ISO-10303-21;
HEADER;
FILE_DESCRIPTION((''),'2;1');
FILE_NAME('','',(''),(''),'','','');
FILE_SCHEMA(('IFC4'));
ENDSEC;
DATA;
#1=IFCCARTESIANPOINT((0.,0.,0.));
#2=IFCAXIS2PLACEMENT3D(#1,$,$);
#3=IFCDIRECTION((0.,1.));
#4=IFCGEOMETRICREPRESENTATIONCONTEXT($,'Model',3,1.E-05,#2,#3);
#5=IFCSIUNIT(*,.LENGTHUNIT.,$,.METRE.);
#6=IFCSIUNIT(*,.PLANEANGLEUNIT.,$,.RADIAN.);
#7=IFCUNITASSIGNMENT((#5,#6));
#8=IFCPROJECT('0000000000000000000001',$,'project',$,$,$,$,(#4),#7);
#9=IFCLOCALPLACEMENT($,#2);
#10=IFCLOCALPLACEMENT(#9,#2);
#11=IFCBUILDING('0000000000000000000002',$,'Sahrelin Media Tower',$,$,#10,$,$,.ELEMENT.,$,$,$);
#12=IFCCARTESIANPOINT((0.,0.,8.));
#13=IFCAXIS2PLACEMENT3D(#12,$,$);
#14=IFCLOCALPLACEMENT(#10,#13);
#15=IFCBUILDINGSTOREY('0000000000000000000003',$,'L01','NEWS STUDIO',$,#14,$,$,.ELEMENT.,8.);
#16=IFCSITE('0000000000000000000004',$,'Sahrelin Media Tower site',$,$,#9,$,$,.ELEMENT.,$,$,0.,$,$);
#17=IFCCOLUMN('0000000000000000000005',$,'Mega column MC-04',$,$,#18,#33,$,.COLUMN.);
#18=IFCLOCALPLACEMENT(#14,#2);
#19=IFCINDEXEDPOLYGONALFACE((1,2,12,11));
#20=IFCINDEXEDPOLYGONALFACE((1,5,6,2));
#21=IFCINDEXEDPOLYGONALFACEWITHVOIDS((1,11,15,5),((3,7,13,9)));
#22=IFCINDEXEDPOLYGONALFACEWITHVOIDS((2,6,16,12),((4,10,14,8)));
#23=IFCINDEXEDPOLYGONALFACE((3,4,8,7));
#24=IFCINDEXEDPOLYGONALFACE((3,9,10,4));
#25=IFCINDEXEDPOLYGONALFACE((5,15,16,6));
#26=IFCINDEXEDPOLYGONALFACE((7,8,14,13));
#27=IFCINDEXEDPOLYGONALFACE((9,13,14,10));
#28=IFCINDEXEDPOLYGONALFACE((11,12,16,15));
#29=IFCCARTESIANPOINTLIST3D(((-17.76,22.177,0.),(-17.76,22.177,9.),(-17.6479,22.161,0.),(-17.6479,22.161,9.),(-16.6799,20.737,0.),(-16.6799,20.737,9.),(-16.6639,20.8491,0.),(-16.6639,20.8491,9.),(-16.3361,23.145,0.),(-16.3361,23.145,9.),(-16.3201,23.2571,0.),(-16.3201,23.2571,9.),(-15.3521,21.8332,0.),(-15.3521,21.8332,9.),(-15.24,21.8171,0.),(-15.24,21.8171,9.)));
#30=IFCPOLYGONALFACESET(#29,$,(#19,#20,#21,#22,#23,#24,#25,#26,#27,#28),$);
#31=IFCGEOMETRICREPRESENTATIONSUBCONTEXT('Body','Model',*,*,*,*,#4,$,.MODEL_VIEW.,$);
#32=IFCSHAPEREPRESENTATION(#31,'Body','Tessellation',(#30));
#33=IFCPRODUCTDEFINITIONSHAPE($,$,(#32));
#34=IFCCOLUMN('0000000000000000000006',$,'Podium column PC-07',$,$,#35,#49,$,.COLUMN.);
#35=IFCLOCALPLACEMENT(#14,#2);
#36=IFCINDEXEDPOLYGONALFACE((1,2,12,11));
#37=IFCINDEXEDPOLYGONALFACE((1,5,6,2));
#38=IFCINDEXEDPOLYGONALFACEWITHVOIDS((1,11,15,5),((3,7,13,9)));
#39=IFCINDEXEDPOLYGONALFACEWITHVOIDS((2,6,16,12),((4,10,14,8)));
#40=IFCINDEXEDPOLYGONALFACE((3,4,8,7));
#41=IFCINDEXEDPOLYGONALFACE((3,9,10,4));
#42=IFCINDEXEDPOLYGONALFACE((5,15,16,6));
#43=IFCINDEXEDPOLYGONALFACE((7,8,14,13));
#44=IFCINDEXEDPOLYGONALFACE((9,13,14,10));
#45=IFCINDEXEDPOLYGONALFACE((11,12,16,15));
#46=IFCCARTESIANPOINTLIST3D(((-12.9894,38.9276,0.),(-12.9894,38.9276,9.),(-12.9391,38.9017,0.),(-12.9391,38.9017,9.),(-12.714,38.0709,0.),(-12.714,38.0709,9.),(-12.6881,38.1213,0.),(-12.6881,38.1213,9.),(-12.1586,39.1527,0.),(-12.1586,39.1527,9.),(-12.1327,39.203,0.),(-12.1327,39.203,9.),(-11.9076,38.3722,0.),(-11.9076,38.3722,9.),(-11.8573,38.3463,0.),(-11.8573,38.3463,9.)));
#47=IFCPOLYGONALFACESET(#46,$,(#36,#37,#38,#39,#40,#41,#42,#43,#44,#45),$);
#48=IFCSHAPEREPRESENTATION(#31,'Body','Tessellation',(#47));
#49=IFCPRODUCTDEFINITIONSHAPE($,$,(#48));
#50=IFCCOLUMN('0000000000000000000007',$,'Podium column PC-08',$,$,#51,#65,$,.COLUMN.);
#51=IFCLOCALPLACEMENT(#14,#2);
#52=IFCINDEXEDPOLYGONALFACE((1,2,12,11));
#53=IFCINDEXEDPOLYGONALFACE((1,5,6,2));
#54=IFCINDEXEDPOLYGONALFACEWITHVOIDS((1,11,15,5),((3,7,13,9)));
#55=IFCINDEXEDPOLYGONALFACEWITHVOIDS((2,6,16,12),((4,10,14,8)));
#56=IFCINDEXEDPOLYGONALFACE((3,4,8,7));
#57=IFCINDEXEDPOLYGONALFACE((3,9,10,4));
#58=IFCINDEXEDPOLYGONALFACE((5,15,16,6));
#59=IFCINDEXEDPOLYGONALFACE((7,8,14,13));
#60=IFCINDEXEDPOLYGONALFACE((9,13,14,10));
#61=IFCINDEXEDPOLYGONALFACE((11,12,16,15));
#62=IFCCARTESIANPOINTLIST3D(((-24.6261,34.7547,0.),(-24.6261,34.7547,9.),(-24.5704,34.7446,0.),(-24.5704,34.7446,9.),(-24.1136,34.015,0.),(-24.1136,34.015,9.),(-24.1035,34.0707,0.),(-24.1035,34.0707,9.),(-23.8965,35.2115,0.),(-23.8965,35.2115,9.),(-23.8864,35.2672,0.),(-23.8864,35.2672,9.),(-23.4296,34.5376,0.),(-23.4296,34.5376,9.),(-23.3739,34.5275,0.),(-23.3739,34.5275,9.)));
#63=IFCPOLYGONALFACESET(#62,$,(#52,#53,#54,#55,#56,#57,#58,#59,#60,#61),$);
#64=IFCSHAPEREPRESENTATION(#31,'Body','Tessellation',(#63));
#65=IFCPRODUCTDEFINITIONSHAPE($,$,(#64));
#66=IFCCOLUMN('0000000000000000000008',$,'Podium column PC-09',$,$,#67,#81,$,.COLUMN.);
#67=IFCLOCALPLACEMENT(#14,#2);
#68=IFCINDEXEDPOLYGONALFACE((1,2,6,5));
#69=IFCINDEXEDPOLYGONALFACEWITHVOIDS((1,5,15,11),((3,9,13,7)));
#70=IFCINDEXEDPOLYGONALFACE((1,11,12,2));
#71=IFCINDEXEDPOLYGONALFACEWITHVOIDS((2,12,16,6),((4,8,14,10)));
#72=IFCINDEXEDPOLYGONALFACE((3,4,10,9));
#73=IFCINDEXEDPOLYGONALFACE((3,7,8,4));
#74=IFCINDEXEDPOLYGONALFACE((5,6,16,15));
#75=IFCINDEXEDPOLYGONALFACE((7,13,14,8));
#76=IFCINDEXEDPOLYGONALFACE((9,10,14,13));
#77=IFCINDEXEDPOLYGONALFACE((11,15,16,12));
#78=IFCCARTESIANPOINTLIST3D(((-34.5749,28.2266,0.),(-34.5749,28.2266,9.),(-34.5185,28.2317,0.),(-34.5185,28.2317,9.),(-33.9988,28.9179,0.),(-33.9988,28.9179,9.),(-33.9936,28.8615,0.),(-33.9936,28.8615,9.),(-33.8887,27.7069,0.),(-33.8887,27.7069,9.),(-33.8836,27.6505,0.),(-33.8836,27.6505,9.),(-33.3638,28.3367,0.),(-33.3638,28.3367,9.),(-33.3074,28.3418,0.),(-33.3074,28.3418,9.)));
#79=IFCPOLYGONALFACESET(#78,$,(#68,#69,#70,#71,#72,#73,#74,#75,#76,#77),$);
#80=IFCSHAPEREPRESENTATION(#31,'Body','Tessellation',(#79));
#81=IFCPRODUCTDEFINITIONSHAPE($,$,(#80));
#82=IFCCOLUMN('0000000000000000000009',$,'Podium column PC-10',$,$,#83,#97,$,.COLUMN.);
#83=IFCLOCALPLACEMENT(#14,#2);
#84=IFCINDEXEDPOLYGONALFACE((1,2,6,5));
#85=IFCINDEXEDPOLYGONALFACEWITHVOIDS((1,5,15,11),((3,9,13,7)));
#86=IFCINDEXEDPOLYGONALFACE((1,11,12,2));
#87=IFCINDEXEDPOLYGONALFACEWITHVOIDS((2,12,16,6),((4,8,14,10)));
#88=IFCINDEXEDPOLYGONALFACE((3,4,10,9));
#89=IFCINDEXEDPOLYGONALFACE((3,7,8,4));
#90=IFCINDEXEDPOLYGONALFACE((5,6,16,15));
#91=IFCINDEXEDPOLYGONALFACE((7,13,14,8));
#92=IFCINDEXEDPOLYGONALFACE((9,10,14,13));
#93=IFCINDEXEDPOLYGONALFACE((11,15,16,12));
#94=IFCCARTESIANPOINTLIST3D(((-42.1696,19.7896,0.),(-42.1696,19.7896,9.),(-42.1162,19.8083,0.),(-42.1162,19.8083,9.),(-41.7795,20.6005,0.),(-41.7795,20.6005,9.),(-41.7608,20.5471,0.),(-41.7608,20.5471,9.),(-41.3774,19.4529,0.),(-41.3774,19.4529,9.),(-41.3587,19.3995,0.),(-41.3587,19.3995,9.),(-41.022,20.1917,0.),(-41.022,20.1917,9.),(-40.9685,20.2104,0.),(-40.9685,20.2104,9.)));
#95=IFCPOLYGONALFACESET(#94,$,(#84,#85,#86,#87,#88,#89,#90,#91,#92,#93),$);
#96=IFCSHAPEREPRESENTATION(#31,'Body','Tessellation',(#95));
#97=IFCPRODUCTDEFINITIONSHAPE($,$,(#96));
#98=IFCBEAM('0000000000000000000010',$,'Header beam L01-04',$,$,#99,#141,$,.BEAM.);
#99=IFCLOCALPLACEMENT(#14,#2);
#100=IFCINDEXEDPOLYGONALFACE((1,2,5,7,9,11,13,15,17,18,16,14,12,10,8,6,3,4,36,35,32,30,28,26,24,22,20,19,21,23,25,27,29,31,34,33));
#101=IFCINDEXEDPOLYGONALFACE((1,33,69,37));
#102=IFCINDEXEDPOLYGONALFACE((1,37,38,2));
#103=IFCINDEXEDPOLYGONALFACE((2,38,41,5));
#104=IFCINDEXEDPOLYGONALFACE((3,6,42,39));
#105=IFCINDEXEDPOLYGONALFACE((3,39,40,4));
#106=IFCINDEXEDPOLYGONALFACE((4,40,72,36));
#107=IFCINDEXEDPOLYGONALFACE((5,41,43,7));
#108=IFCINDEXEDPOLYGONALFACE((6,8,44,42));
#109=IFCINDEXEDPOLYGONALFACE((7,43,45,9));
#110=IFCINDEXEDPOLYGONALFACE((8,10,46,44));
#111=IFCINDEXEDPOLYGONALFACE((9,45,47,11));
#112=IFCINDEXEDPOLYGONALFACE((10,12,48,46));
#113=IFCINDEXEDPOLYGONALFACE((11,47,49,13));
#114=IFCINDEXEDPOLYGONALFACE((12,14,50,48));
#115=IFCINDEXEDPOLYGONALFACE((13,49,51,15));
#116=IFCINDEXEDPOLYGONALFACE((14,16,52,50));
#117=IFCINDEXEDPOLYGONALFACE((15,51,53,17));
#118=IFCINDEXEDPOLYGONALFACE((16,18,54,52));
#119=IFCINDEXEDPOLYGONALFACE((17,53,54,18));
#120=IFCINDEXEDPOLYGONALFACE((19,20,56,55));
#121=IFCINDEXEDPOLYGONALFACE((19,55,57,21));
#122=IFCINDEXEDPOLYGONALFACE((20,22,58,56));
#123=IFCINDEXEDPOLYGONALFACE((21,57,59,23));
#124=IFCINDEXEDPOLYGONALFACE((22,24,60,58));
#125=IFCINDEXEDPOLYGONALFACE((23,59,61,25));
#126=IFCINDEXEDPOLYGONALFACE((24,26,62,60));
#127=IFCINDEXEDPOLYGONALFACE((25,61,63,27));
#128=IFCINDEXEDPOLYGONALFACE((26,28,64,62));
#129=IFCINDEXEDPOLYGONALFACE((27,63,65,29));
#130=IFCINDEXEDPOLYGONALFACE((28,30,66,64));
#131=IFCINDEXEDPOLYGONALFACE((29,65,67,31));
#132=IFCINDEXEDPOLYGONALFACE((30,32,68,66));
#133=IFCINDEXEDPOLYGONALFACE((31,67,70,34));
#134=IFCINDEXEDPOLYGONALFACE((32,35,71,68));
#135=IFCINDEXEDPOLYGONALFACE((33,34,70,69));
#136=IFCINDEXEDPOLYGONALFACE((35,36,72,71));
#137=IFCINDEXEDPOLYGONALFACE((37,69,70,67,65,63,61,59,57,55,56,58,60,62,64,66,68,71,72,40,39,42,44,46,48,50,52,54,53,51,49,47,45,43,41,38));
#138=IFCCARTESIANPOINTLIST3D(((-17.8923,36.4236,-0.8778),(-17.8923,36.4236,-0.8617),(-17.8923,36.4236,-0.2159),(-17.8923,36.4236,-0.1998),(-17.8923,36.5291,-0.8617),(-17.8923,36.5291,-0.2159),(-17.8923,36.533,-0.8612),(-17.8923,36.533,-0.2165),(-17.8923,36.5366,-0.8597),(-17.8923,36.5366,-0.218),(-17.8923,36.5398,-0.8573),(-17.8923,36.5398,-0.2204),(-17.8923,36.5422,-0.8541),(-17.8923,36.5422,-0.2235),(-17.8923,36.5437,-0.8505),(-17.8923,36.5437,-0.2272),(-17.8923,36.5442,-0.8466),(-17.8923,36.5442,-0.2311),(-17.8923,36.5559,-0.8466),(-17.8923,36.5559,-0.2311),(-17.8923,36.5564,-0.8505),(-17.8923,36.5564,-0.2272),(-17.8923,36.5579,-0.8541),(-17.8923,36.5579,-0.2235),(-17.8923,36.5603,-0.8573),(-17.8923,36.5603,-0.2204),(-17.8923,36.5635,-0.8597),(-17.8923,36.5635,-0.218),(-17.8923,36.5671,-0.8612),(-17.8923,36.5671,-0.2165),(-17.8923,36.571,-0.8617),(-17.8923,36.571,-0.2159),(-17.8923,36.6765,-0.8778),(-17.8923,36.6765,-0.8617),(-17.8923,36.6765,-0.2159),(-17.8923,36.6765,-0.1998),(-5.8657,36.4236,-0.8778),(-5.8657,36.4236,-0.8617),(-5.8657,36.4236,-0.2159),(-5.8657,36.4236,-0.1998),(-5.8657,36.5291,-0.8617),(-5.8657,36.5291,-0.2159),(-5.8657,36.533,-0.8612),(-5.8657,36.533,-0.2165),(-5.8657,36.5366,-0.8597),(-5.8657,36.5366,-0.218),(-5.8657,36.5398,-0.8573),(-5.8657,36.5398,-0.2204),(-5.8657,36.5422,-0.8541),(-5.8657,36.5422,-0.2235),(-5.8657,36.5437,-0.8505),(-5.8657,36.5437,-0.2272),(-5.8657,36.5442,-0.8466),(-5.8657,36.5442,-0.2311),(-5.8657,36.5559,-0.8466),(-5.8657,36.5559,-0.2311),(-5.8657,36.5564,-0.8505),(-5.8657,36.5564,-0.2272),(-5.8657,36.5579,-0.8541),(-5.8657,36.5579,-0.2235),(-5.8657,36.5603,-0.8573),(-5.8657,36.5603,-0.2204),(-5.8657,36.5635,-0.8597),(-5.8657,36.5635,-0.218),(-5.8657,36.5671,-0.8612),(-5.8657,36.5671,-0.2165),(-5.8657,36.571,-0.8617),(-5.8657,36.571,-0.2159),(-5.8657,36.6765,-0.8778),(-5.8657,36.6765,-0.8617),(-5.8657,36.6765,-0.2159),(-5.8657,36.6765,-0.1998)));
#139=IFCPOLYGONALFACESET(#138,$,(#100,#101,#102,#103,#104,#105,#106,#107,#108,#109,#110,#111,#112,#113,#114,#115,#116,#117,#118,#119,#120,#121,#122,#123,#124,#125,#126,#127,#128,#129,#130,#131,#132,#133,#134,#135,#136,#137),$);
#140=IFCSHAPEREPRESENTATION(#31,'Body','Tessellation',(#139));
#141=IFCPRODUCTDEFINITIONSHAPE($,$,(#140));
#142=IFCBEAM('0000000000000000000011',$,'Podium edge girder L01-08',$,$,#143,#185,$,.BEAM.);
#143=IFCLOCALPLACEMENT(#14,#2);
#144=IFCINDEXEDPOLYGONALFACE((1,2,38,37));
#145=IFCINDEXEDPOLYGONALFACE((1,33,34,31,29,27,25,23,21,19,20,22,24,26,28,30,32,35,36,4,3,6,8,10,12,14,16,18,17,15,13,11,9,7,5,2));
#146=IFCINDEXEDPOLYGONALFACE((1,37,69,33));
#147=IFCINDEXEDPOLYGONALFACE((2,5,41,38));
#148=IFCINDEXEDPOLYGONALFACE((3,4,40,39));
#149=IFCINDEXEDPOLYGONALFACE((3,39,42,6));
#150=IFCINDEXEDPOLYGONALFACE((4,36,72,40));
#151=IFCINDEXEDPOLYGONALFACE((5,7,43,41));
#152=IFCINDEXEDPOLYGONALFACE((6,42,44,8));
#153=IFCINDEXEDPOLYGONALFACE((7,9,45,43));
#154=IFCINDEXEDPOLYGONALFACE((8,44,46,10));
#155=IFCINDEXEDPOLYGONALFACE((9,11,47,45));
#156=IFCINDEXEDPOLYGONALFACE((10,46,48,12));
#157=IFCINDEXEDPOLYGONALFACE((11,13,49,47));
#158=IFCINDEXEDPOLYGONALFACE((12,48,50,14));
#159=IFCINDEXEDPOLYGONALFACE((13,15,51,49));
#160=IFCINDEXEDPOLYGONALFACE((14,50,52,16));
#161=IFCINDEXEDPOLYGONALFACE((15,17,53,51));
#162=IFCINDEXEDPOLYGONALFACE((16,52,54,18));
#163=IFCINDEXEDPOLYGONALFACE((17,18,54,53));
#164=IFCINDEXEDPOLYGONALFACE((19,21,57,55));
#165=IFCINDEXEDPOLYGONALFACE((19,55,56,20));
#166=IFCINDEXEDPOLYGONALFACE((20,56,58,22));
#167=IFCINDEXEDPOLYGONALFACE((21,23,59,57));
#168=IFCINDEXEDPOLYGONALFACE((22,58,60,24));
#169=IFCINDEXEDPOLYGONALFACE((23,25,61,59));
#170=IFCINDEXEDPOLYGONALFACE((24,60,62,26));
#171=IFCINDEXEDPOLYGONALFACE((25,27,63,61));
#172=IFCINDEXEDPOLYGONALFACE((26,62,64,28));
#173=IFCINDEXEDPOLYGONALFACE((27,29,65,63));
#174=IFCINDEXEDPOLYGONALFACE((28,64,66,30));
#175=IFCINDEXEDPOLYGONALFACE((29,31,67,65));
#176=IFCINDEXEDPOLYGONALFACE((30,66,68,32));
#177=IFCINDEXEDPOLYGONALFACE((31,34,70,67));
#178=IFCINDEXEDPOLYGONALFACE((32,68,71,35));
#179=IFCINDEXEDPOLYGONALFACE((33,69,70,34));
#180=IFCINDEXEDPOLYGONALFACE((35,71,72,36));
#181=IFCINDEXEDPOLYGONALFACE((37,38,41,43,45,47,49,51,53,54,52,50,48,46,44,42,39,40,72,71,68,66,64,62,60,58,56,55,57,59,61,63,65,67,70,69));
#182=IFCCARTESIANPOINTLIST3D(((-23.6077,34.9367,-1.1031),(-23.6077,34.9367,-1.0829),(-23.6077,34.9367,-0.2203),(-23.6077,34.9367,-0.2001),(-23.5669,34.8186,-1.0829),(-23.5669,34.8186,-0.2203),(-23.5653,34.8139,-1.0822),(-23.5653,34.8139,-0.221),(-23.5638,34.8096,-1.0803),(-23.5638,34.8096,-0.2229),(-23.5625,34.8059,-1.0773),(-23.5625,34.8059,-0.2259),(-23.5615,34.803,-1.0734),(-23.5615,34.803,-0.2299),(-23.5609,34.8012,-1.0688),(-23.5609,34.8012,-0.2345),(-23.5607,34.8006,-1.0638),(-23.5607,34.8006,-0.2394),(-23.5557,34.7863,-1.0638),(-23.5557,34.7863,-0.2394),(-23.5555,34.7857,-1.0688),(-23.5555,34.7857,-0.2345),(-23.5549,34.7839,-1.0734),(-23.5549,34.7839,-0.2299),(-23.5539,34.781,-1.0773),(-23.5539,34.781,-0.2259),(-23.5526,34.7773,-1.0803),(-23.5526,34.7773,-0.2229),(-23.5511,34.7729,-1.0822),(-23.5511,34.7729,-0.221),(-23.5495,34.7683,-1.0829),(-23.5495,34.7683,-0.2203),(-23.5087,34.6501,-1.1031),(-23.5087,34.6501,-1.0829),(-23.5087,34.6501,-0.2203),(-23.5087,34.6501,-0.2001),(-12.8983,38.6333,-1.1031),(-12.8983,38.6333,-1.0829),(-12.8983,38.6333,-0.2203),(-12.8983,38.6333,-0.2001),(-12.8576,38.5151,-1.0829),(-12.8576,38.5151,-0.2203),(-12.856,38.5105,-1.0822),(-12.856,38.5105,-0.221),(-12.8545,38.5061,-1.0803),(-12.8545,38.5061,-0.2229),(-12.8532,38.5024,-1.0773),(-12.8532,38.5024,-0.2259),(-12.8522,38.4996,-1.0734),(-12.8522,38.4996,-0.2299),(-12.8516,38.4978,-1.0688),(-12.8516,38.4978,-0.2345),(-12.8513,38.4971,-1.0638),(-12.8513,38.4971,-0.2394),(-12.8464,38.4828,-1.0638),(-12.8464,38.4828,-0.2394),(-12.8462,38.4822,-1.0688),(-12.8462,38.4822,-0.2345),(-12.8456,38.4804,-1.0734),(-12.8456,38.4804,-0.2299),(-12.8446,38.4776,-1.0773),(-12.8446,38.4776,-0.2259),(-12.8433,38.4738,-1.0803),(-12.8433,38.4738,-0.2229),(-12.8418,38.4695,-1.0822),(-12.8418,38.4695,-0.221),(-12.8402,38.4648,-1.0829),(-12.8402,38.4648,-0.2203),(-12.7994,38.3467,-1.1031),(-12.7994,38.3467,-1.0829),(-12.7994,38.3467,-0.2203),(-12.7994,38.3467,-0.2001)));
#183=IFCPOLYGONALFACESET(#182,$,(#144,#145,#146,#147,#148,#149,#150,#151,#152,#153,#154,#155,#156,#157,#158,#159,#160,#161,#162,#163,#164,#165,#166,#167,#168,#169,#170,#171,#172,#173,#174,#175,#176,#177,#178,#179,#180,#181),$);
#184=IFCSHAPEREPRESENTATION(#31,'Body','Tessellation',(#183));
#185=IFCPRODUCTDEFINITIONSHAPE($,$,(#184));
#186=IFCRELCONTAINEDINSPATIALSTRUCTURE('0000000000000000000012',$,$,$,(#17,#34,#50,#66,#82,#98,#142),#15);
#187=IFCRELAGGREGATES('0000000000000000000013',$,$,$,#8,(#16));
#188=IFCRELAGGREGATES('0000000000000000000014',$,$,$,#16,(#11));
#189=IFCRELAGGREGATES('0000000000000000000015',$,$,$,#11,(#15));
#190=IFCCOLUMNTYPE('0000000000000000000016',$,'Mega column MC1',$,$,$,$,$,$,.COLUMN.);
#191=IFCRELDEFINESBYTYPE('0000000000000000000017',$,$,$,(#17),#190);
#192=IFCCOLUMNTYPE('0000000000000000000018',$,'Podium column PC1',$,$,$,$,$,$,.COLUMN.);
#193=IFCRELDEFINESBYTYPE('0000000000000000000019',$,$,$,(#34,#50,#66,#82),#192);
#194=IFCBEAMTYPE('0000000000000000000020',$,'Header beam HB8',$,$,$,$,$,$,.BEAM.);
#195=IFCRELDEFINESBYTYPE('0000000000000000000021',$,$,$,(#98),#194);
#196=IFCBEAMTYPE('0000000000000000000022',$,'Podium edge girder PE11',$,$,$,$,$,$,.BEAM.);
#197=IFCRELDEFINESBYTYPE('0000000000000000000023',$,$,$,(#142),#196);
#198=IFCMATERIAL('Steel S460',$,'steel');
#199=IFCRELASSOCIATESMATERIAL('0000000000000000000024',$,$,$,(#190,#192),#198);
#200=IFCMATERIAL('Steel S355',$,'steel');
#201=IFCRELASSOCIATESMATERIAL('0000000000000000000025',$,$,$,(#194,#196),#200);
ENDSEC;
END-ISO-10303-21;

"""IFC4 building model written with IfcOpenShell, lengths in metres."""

from ifc_helpers import new_model, si_unit, direction, frame, origin, origin_2d, place, context, subcontext, project, spatial, hollow_rectangle, i_section, extrude, material, material_profile, profile_set, type_object, element, save


model = new_model("IFC4")

# Units and contexts
model_context = context("Model", 3, precision=1e-05, world=origin(), true_north=direction((0.0, 1.0)))
body_context = subcontext(model_context, "Body", "Model", "MODEL_VIEW")
ifc_project = project(units=[si_unit("LENGTHUNIT", "METRE"), si_unit("PLANEANGLEUNIT", "RADIAN")], contexts=[model_context])

# Site, building, storey
site_placement = place(None, origin())
site = spatial("IfcSite", under=ifc_project, at=site_placement, Name="Sahrelin Media Tower site", CompositionType="ELEMENT", RefElevation=0.0)
building_placement = place(site_placement, origin())
building = spatial("IfcBuilding", under=site, at=building_placement, Name="Sahrelin Media Tower", CompositionType="ELEMENT")
storey_placement = place(building_placement, frame((0.0, 0.0, 8.0)))
storey = spatial("IfcBuildingStorey", under=building, at=storey_placement, Name="L01", Description="NEWS STUDIO", CompositionType="ELEMENT", Elevation=8.0)

# Columns
ifc_material_1 = material(Name="Steel S460", Category="steel")
ifc_material_profile_1 = material_profile(ifc_material_1, hollow_rectangle(XDim=1.8, YDim=1.8, WallThickness=0.0801, at=origin_2d()), Name="Mega column MC1")
ifc_profile_set_1 = profile_set([ifc_material_profile_1], Name="Steel S460")
column_type_1 = type_object("IfcColumnType", Name="Mega column MC1", PredefinedType="COLUMN", material=ifc_profile_set_1)
column_placement = place(storey_placement, frame((-16.5, 21.9971, 0.0), z_axis=(0.0, 0.0, 1.0), x_axis=(-0.600052, 0.799961, 0.0)))
element("IfcColumn", 1, at=column_placement, inside=storey, type_object=column_type_1, Name="Mega column MC-04", PredefinedType="COLUMN", context=body_context, shape_type="SweptSolid", body=[
    extrude(hollow_rectangle(XDim=1.8, YDim=1.8, WallThickness=0.0801, at=origin_2d()), origin(), (0.0, 0.0, 1.0), 9.0),
])
ifc_material_profile_2 = material_profile(ifc_material_1, hollow_rectangle(XDim=0.8999, YDim=0.8999, WallThickness=0.04, at=origin_2d()), Name="Podium column PC1")
ifc_profile_set_2 = profile_set([ifc_material_profile_2], Name="Steel S460")
column_type_2 = type_object("IfcColumnType", Name="Podium column PC1", PredefinedType="COLUMN", material=ifc_profile_set_2)
for number, where, z_axis, x_axis, name in (
    (2, (-12.4233, 38.637, 0.0), (0.0, 0.0, 1.0), (-0.306104, 0.951998, 0.0), "Podium column PC-07"),
    (3, (-24.0, 34.6411, 0.0), (0.0, 0.0, 1.0), (-0.569495, 0.821995, 0.0), "Podium column PC-08"),
    (4, (-33.9412, 28.2842, 0.0), (0.0, 0.0, 1.0), (-0.768221, 0.640185, 0.0), "Podium column PC-09"),
    (5, (-41.5691, 20.0, 0.0), (0.0, 0.0, 1.0), (-0.901127, 0.433555, 0.0), "Podium column PC-10"),
):
    element("IfcColumn", number, at=place(storey_placement, frame(where, z_axis=z_axis, x_axis=x_axis)), inside=storey, type_object=column_type_2, Name=name, PredefinedType="COLUMN", context=body_context, shape_type="SweptSolid", body=[
        extrude(hollow_rectangle(XDim=0.8999, YDim=0.8999, WallThickness=0.04, at=origin_2d()), origin(), (0.0, 0.0, 1.0), 9.0),
    ])

# Beams
ifc_material_2 = material(Name="Steel S355", Category="steel")
ifc_material_profile_3 = material_profile(ifc_material_2, i_section(OverallWidth=0.2529, OverallDepth=0.678, WebThickness=0.0117, FlangeThickness=0.0161, FilletRadius=0.0151, at=origin_2d()), Name="UB 686x254x125")
ifc_profile_set_3 = profile_set([ifc_material_profile_3], Name="Steel S355")
beam_type_1 = type_object("IfcBeamType", Name="Header beam HB8", PredefinedType="BEAM", material=ifc_profile_set_3)
beam_1_placement = place(storey_placement, frame((-17.8923, 36.55, -0.5388), z_axis=(1.0, 0.0, 0.0), x_axis=(0.0, 1.0, 0.0)))
element("IfcBeam", 6, at=beam_1_placement, inside=storey, type_object=beam_type_1, Name="Header beam L01-04", PredefinedType="BEAM", context=body_context, shape_type="SweptSolid", body=[
    extrude(i_section(OverallWidth=0.2529, OverallDepth=0.678, WebThickness=0.0117, FlangeThickness=0.0161, FilletRadius=0.0151, at=origin_2d()), origin(), (0.0, 0.0, 1.0), 12.0266),
])
ifc_material_profile_4 = material_profile(ifc_material_2, i_section(OverallWidth=0.3032, OverallDepth=0.9031, WebThickness=0.0151, FlangeThickness=0.0203, FilletRadius=0.019, at=origin_2d()), Name="UB 914x305x201")
ifc_profile_set_4 = profile_set([ifc_material_profile_4], Name="Steel S355")
beam_type_2 = type_object("IfcBeamType", Name="Podium edge girder PE11", PredefinedType="BEAM", material=ifc_profile_set_4)
beam_2_placement = place(storey_placement, frame((-12.8489, 38.49, -0.6516), z_axis=(-0.945272, -0.326282, 0.0), x_axis=(0.326282, -0.945272, 0.0)))
element("IfcBeam", 7, at=beam_2_placement, inside=storey, type_object=beam_type_2, Name="Podium edge girder L01-08", PredefinedType="BEAM", context=body_context, shape_type="SweptSolid", body=[
    extrude(i_section(OverallWidth=0.3032, OverallDepth=0.9031, WebThickness=0.0151, FlangeThickness=0.0203, FilletRadius=0.019, at=origin_2d()), origin(), (0.0, 0.0, 1.0), 11.3293),
])

save(model, "model.ifc")
